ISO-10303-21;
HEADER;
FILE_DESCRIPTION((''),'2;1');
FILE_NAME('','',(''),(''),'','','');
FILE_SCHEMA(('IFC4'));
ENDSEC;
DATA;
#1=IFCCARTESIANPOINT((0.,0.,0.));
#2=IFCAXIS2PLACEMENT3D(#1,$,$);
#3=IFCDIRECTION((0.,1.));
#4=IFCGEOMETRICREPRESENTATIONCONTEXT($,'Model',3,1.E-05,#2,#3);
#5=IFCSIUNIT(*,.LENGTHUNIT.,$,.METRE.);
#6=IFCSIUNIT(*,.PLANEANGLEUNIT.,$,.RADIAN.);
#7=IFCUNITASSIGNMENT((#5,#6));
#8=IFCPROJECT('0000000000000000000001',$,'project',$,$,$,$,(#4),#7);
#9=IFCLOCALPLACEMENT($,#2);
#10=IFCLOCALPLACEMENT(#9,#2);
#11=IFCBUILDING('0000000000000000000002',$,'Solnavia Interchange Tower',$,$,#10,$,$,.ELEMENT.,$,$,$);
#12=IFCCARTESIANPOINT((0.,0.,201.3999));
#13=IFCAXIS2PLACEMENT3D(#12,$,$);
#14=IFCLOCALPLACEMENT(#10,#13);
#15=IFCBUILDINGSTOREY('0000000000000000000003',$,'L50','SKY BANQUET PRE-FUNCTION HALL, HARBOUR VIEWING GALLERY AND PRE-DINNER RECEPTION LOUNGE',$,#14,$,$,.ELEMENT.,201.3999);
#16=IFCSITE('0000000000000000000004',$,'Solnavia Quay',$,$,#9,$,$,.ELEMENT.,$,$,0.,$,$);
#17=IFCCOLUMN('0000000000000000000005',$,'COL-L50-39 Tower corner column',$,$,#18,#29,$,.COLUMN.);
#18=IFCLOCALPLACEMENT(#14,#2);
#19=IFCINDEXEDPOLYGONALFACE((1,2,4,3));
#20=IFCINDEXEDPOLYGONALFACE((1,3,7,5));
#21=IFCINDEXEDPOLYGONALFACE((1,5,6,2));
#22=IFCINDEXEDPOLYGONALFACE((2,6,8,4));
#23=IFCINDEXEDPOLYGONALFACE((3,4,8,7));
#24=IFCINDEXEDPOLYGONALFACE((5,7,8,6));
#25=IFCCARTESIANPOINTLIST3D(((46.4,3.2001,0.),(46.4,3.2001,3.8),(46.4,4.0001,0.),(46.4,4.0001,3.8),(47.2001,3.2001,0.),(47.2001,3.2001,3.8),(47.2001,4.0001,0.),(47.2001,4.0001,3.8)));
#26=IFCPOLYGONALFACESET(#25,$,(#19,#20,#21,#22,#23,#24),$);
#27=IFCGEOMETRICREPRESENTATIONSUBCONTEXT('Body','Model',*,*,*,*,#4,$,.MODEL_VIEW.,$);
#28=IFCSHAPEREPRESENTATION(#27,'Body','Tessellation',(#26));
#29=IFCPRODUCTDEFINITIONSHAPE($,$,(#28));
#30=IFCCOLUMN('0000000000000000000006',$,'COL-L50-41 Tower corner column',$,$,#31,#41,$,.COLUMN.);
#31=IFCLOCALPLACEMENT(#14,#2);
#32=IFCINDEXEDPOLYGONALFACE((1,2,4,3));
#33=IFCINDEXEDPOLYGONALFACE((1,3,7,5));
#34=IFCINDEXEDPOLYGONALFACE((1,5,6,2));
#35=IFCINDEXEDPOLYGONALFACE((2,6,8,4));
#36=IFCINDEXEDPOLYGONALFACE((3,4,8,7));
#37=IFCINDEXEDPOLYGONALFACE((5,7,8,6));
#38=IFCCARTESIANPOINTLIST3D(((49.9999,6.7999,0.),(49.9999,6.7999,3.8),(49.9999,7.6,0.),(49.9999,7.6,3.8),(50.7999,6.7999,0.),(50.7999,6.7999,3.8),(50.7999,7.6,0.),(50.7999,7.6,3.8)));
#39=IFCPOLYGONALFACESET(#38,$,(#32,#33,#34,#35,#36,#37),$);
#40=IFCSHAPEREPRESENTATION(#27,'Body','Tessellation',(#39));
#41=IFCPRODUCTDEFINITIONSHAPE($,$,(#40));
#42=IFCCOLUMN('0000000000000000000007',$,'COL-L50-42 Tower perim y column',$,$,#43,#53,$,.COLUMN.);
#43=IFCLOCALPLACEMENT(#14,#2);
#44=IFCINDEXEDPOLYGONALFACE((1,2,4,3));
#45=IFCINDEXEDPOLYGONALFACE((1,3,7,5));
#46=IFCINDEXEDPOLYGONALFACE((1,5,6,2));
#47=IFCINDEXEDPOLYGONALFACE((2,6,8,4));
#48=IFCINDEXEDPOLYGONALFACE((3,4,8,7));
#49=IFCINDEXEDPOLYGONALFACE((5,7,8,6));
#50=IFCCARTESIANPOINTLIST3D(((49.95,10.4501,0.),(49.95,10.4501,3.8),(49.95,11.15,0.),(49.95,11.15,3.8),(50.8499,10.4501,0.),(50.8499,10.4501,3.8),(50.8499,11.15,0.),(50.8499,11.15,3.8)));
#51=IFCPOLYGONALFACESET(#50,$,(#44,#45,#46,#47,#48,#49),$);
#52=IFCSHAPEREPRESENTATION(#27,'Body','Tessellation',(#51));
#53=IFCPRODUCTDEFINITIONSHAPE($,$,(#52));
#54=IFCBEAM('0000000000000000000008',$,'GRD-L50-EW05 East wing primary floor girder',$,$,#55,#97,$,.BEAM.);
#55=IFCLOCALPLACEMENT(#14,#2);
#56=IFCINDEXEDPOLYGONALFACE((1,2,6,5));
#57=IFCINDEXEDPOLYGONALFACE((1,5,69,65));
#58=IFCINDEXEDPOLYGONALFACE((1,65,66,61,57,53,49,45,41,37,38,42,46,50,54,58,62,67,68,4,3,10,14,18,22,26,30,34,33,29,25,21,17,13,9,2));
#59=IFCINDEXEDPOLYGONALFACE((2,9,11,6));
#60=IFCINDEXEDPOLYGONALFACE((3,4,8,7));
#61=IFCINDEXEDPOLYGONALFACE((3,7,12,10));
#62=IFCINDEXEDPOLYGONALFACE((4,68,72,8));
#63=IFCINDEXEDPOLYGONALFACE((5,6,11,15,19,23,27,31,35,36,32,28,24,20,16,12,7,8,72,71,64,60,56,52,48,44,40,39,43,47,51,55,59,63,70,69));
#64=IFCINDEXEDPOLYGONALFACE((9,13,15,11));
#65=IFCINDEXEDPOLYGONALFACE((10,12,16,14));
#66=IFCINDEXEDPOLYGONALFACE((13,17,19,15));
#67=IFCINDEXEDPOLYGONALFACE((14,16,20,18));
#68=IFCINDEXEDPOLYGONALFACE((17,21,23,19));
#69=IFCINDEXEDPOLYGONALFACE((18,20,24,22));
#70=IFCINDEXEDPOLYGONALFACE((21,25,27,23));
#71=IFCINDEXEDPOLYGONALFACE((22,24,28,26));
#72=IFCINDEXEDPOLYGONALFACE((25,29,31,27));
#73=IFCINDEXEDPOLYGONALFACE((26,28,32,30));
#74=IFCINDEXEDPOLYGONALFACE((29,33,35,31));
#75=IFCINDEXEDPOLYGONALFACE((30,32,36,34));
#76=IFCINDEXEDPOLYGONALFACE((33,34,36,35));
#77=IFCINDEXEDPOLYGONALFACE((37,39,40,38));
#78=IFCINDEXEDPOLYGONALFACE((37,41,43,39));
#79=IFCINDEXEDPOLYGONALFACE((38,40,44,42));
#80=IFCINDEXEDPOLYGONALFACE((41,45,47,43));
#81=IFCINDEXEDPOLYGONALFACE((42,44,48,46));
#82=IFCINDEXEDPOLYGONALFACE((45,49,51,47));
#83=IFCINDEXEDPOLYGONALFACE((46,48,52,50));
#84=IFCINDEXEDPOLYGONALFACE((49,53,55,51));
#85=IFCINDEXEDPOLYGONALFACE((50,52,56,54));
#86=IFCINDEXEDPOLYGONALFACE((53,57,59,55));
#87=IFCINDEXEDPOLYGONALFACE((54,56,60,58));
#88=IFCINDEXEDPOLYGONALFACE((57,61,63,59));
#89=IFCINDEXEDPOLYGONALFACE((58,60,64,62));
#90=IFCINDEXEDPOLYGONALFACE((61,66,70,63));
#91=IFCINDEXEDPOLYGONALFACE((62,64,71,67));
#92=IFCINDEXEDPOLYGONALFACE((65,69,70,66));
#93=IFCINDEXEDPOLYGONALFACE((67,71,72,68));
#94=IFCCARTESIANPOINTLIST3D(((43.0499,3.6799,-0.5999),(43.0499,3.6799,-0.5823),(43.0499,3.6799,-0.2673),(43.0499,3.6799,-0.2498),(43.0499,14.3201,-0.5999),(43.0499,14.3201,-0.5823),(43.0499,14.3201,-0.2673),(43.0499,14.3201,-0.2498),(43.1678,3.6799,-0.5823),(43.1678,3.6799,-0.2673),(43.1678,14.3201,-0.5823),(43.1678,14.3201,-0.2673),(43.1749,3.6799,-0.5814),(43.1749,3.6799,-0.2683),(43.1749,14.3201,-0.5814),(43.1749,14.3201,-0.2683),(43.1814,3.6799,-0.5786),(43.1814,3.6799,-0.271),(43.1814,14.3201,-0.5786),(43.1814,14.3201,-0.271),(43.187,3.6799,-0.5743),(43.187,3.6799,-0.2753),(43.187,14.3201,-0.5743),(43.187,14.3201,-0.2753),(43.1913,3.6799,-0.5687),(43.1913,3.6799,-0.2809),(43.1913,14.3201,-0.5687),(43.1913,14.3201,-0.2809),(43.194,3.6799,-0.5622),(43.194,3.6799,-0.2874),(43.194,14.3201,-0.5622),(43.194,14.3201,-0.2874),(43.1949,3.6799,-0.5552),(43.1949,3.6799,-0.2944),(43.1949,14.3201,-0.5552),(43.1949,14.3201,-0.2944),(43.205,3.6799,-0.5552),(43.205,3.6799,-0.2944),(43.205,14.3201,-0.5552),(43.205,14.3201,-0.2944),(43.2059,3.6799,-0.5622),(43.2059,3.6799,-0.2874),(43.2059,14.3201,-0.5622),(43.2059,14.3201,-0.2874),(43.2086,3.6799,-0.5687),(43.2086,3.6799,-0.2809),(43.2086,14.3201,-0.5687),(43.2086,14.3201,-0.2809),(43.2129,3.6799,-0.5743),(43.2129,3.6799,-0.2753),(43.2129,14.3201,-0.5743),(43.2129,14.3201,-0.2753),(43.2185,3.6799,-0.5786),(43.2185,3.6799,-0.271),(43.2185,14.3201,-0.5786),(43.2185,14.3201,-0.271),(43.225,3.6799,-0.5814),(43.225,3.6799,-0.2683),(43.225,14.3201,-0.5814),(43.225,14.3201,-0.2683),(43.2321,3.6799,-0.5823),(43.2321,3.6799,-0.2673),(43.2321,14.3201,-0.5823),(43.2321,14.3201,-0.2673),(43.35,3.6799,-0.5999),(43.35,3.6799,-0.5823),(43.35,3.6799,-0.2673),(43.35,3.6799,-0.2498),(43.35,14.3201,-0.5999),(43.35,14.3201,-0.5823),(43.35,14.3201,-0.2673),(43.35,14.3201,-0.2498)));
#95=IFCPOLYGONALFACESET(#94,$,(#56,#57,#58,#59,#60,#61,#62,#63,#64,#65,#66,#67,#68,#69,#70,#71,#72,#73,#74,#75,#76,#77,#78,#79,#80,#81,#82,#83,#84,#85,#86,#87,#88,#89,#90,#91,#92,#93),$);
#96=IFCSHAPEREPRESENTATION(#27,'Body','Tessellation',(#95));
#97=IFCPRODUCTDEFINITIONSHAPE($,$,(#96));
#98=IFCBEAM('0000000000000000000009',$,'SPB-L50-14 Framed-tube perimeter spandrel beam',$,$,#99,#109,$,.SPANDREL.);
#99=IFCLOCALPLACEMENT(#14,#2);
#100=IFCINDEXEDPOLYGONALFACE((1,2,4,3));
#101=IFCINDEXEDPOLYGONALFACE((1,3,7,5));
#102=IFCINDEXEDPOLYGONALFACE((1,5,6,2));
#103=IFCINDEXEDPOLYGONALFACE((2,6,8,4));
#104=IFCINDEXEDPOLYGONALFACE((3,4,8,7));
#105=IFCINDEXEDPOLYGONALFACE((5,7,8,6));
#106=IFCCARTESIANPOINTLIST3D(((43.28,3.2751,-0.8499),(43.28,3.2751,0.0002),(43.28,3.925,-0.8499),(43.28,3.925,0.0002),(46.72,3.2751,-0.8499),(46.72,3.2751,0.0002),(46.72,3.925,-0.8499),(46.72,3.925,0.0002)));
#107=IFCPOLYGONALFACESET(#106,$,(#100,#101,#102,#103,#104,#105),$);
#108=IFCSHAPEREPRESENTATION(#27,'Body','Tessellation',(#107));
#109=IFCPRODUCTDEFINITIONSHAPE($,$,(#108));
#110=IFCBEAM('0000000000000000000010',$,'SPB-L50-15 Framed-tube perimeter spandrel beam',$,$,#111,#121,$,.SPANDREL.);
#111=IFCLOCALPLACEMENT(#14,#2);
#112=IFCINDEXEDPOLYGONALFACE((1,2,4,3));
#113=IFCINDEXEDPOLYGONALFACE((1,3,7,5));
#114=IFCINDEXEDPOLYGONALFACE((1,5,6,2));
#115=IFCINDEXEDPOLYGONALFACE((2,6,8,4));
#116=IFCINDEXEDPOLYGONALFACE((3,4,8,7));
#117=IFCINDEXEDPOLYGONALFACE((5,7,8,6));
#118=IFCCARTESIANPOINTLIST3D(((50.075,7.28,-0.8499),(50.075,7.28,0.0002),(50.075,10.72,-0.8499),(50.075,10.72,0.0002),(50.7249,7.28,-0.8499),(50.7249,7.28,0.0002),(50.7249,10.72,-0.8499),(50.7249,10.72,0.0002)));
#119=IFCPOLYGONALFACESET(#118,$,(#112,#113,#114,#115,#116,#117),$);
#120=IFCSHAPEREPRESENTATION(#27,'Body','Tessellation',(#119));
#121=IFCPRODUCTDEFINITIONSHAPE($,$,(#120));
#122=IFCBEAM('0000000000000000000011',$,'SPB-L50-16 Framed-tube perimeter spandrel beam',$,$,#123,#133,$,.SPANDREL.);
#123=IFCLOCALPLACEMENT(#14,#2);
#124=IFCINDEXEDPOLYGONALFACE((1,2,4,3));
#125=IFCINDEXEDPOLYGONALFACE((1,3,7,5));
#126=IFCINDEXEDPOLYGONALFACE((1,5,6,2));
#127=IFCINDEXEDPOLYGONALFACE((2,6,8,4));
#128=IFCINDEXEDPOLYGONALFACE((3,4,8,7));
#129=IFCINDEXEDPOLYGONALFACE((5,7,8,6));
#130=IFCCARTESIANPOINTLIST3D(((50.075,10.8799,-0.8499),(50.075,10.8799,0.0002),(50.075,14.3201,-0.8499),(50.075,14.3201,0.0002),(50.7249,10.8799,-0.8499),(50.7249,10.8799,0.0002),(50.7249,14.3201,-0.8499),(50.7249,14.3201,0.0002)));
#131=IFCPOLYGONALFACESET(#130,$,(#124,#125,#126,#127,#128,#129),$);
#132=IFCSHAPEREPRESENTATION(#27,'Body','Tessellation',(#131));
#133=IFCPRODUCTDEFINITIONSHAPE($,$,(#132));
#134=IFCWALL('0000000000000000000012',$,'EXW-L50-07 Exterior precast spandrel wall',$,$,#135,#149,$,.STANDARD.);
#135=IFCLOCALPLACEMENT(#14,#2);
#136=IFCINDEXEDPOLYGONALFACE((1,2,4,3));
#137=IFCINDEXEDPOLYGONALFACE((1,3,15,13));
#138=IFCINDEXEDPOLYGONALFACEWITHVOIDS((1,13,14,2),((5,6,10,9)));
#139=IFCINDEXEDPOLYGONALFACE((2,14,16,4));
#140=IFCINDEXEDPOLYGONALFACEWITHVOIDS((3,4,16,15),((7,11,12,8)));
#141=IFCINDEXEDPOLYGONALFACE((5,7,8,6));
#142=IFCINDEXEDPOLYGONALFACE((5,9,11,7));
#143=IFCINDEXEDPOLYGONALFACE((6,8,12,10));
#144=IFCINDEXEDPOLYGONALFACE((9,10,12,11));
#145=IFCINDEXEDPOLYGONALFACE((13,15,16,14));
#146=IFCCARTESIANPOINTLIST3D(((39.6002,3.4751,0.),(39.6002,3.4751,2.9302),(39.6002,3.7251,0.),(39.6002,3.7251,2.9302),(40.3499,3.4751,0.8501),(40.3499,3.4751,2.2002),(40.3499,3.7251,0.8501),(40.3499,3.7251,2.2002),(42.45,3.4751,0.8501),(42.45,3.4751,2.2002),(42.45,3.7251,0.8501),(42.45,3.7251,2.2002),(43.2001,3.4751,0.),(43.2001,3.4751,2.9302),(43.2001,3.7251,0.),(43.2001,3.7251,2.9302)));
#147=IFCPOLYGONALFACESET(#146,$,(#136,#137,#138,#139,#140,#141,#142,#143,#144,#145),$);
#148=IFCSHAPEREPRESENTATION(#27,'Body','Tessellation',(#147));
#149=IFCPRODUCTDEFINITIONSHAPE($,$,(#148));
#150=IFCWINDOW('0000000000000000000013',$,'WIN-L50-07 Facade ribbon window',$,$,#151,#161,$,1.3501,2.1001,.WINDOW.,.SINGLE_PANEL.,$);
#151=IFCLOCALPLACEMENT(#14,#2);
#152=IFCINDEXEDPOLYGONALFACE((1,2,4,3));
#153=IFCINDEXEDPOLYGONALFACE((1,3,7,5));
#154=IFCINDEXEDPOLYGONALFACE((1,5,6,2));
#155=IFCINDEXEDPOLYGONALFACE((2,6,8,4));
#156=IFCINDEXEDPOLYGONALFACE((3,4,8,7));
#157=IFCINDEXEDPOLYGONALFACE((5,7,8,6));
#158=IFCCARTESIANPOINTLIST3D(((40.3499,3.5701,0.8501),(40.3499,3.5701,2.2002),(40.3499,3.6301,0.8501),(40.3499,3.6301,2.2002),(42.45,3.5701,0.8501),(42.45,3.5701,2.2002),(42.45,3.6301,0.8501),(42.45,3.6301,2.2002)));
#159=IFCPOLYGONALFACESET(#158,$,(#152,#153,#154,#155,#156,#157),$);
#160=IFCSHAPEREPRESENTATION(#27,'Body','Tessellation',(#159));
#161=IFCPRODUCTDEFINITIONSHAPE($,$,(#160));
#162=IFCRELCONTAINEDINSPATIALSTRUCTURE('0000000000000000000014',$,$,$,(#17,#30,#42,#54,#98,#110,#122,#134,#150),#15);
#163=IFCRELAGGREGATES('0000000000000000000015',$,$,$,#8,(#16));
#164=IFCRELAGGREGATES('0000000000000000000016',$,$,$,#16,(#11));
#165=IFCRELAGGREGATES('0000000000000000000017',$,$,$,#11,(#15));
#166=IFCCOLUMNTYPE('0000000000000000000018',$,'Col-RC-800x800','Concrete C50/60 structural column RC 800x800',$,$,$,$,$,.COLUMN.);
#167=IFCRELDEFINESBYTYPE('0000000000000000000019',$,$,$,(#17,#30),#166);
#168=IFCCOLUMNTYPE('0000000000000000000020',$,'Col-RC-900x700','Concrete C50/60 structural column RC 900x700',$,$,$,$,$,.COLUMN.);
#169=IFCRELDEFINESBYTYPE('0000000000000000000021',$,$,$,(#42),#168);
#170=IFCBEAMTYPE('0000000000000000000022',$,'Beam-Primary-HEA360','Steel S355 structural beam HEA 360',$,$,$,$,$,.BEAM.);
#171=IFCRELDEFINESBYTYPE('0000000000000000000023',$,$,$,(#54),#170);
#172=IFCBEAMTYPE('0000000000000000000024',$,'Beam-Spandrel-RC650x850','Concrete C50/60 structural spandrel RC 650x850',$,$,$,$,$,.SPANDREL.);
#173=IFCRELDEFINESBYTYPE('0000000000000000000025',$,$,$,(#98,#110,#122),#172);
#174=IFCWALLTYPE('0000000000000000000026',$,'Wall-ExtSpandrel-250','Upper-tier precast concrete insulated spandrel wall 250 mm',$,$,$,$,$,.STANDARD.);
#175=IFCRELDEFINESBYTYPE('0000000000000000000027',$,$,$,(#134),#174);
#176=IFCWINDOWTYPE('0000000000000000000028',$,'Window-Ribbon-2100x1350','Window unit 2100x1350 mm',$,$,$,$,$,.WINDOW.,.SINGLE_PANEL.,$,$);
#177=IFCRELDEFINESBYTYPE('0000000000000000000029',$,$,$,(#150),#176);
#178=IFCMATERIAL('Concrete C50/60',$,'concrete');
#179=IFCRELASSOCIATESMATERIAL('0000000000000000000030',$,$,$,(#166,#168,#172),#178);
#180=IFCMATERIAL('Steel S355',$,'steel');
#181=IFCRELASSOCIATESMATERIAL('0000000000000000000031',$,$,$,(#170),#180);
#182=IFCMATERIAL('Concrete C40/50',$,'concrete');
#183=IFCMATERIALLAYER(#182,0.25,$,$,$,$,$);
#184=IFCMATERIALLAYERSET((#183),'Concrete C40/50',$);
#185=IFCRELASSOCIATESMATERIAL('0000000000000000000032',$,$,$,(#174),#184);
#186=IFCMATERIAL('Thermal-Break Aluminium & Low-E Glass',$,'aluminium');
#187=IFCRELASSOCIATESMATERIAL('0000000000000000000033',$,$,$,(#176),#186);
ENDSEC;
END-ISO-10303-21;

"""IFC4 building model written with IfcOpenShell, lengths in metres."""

from ifc_helpers import new_model, si_unit, direction, frame, frame_2d, origin, origin_2d, place, context, subcontext, project, spatial, rectangle, i_section, extrude, material, layer, layer_set, material_profile, profile_set, type_object, element, fill, save


model = new_model("IFC4")

# Units and contexts
model_context = context("Model", 3, precision=1e-05, world=origin(), true_north=direction((0.0, 1.0)))
body_context = subcontext(model_context, "Body", "Model", "MODEL_VIEW")
ifc_project = project(units=[si_unit("LENGTHUNIT", "METRE"), si_unit("PLANEANGLEUNIT", "RADIAN")], contexts=[model_context])

# Site, building, storey
site_placement = place(None, origin())
site = spatial("IfcSite", under=ifc_project, at=site_placement, Name="Solnavia Quay", CompositionType="ELEMENT", RefElevation=0.0)
building_placement = place(site_placement, origin())
building = spatial("IfcBuilding", under=site, at=building_placement, Name="Solnavia Interchange Tower", CompositionType="ELEMENT")
storey_placement = place(building_placement, frame((0.0, 0.0, 201.3999)))
storey = spatial("IfcBuildingStorey", under=building, at=storey_placement, Name="L50", Description="SKY BANQUET PRE-FUNCTION HALL, HARBOUR VIEWING GALLERY AND PRE-DINNER RECEPTION LOUNGE", CompositionType="ELEMENT", Elevation=201.3999)

# Columns
ifc_material_1 = material(Name="Concrete C50/60", Category="concrete")
ifc_material_profile_1 = material_profile(ifc_material_1, rectangle(XDim=0.8, YDim=0.8, at=origin_2d()), Name="RC 800x800")
ifc_profile_set_1 = profile_set([ifc_material_profile_1], Name="Concrete C50/60")
column_type_1 = type_object("IfcColumnType", Name="Col-RC-800x800", Description="Concrete C50/60 structural column RC 800x800", PredefinedType="COLUMN", material=ifc_profile_set_1)
for number, where, z_axis, x_axis, name in (
    (1, (46.8, 3.6001, 0.0), (0.0, 0.0, 1.0), (1.0, 0.0, 0.0), "COL-L50-39 Tower corner column"),
    (2, (50.3999, 7.2, 0.0), (0.0, 0.0, 1.0), (1.0, 0.0, 0.0), "COL-L50-41 Tower corner column"),
):
    element("IfcColumn", number, at=place(storey_placement, frame(where, z_axis=z_axis, x_axis=x_axis)), inside=storey, type_object=column_type_1, Name=name, PredefinedType="COLUMN", context=body_context, shape_type="SweptSolid", body=[
        extrude(rectangle(XDim=0.8, YDim=0.8, at=origin_2d()), origin(), (0.0, 0.0, 1.0), 3.8),
    ])
ifc_material_profile_2 = material_profile(ifc_material_1, rectangle(XDim=0.7, YDim=0.8999, at=origin_2d()), Name="RC 900x700")
ifc_profile_set_2 = profile_set([ifc_material_profile_2], Name="Concrete C50/60")
column_type_2 = type_object("IfcColumnType", Name="Col-RC-900x700", Description="Concrete C50/60 structural column RC 900x700", PredefinedType="COLUMN", material=ifc_profile_set_2)
column_placement = place(storey_placement, frame((50.3999, 10.8, 0.0), z_axis=(0.0, 0.0, 1.0), x_axis=(0.0, 1.0, 0.0)))
element("IfcColumn", 3, at=column_placement, inside=storey, type_object=column_type_2, Name="COL-L50-42 Tower perim y column", PredefinedType="COLUMN", context=body_context, shape_type="SweptSolid", body=[
    extrude(rectangle(XDim=0.7, YDim=0.8999, at=origin_2d()), origin(), (0.0, 0.0, 1.0), 3.8),
])

# Beams
ifc_material_2 = material(Name="Steel S355", Category="steel")
ifc_material_profile_3 = material_profile(ifc_material_2, i_section(OverallWidth=0.3, OverallDepth=0.3501, WebThickness=0.01, FlangeThickness=0.0176, FilletRadius=0.0271, at=origin_2d()), Name="HEA 360")
ifc_profile_set_3 = profile_set([ifc_material_profile_3], Name="Steel S355")
beam_type_1 = type_object("IfcBeamType", Name="Beam-Primary-HEA360", Description="Steel S355 structural beam HEA 360", PredefinedType="BEAM", material=ifc_profile_set_3)
beam_1_placement = place(storey_placement, frame((43.2, 3.6799, -0.4248), z_axis=(0.0, 1.0, 0.0), x_axis=(-1.0, 0.0, 0.0)))
element("IfcBeam", 4, at=beam_1_placement, inside=storey, type_object=beam_type_1, Name="GRD-L50-EW05 East wing primary floor girder", PredefinedType="BEAM", context=body_context, shape_type="SweptSolid", body=[
    extrude(i_section(OverallWidth=0.3, OverallDepth=0.3501, WebThickness=0.01, FlangeThickness=0.0176, FilletRadius=0.0271, at=origin_2d()), origin(), (0.0, 0.0, 1.0), 10.6401),
])
ifc_material_profile_4 = material_profile(ifc_material_1, rectangle(XDim=0.6499, YDim=0.8501, at=origin_2d()), Name="RC 650x850")
ifc_profile_set_4 = profile_set([ifc_material_profile_4], Name="Concrete C50/60")
beam_type_2 = type_object("IfcBeamType", Name="Beam-Spandrel-RC650x850", Description="Concrete C50/60 structural spandrel RC 650x850", PredefinedType="SPANDREL", material=ifc_profile_set_4)
for number, where, z_axis, x_axis, name in (
    (5, (43.28, 3.6001, -0.4248), (1.0, 0.0, 0.0), (0.0, 1.0, 0.0), "SPB-L50-14 Framed-tube perimeter spandrel beam"),
    (6, (50.3999, 7.28, -0.4248), (0.0, 1.0, 0.0), (-1.0, 0.0, 0.0), "SPB-L50-15 Framed-tube perimeter spandrel beam"),
):
    element("IfcBeam", number, at=place(storey_placement, frame(where, z_axis=z_axis, x_axis=x_axis)), inside=storey, type_object=beam_type_2, Name=name, PredefinedType="SPANDREL", context=body_context, shape_type="SweptSolid", body=[
        extrude(rectangle(XDim=0.6499, YDim=0.8501, at=origin_2d()), origin(), (0.0, 0.0, 1.0), 3.4399),
    ])
beam_2_placement = place(storey_placement, frame((50.3999, 10.8799, -0.4248), z_axis=(0.0, 1.0, 0.0), x_axis=(-1.0, 0.0, 0.0)))
element("IfcBeam", 7, at=beam_2_placement, inside=storey, type_object=beam_type_2, Name="SPB-L50-16 Framed-tube perimeter spandrel beam", PredefinedType="SPANDREL", context=body_context, shape_type="SweptSolid", body=[
    extrude(rectangle(XDim=0.6499, YDim=0.8501, at=origin_2d()), origin(), (0.0, 0.0, 1.0), 3.4402),
])

# Wall, opening, window
ifc_material_3 = material(Name="Concrete C40/50", Category="concrete")
ifc_layer_1 = layer(ifc_material_3, 0.25)
ifc_layer_set_1 = layer_set([ifc_layer_1], Name="Concrete C40/50")
wall_type_1 = type_object("IfcWallType", Name="Wall-ExtSpandrel-250", Description="Upper-tier precast concrete insulated spandrel wall 250 mm", PredefinedType="STANDARD", material=ifc_layer_set_1)
wall_1_placement = place(storey_placement, frame((43.2, 3.6001, 0.0), z_axis=(0.0, 0.0, 1.0), x_axis=(-1.0, 0.0, 0.0)))
wall_1 = element("IfcWall", 8, at=wall_1_placement, inside=storey, type_object=wall_type_1, Name="EXW-L50-07 Exterior precast spandrel wall", PredefinedType="STANDARD", context=body_context, shape_type="SweptSolid", body=[
    extrude(rectangle(XDim=3.5999, YDim=0.25, at=frame_2d((1.7998, 0.0))), origin(), (0.0, 0.0, 1.0), 2.9302),
])
opening_1_placement = place(wall_1_placement, frame((0.75, 0.0, 0.8501)))
opening_1 = element("IfcOpeningElement", 9, at=opening_1_placement, cuts=wall_1, PredefinedType="OPENING", context=body_context, shape_type="SweptSolid", body=[
    extrude(rectangle(XDim=2.1001, YDim=1.3501, at=frame_2d((1.05, 0.675))), frame((0.0, 0.135, 0.0), z_axis=(0.0, -1.0, 0.0), x_axis=(1.0, 0.0, 0.0)), (0.0, 0.0, 1.0), 0.27),
])
ifc_material_4 = material(Name="Thermal-Break Aluminium & Low-E Glass", Category="aluminium")
window_type = type_object("IfcWindowType", Name="Window-Ribbon-2100x1350", Description="Window unit 2100x1350 mm", PartitioningType="SINGLE_PANEL", PredefinedType="WINDOW", material=ifc_material_4)
window_1_placement = place(opening_1_placement, origin())
window_1 = element("IfcWindow", 10, at=window_1_placement, inside=storey, type_object=window_type, Name="WIN-L50-07 Facade ribbon window", OverallHeight=1.3501, OverallWidth=2.1001, PartitioningType="SINGLE_PANEL", PredefinedType="WINDOW", context=body_context, shape_type="SweptSolid", body=[
    extrude(rectangle(XDim=2.1001, YDim=1.3501, at=frame_2d((1.05, 0.675))), frame((0.0, 0.03, 0.0), z_axis=(0.0, -1.0, 0.0), x_axis=(1.0, 0.0, 0.0)), (0.0, 0.0, 1.0), 0.0601),
])
fill(opening_1, window_1)

save(model, "model.ifc")
